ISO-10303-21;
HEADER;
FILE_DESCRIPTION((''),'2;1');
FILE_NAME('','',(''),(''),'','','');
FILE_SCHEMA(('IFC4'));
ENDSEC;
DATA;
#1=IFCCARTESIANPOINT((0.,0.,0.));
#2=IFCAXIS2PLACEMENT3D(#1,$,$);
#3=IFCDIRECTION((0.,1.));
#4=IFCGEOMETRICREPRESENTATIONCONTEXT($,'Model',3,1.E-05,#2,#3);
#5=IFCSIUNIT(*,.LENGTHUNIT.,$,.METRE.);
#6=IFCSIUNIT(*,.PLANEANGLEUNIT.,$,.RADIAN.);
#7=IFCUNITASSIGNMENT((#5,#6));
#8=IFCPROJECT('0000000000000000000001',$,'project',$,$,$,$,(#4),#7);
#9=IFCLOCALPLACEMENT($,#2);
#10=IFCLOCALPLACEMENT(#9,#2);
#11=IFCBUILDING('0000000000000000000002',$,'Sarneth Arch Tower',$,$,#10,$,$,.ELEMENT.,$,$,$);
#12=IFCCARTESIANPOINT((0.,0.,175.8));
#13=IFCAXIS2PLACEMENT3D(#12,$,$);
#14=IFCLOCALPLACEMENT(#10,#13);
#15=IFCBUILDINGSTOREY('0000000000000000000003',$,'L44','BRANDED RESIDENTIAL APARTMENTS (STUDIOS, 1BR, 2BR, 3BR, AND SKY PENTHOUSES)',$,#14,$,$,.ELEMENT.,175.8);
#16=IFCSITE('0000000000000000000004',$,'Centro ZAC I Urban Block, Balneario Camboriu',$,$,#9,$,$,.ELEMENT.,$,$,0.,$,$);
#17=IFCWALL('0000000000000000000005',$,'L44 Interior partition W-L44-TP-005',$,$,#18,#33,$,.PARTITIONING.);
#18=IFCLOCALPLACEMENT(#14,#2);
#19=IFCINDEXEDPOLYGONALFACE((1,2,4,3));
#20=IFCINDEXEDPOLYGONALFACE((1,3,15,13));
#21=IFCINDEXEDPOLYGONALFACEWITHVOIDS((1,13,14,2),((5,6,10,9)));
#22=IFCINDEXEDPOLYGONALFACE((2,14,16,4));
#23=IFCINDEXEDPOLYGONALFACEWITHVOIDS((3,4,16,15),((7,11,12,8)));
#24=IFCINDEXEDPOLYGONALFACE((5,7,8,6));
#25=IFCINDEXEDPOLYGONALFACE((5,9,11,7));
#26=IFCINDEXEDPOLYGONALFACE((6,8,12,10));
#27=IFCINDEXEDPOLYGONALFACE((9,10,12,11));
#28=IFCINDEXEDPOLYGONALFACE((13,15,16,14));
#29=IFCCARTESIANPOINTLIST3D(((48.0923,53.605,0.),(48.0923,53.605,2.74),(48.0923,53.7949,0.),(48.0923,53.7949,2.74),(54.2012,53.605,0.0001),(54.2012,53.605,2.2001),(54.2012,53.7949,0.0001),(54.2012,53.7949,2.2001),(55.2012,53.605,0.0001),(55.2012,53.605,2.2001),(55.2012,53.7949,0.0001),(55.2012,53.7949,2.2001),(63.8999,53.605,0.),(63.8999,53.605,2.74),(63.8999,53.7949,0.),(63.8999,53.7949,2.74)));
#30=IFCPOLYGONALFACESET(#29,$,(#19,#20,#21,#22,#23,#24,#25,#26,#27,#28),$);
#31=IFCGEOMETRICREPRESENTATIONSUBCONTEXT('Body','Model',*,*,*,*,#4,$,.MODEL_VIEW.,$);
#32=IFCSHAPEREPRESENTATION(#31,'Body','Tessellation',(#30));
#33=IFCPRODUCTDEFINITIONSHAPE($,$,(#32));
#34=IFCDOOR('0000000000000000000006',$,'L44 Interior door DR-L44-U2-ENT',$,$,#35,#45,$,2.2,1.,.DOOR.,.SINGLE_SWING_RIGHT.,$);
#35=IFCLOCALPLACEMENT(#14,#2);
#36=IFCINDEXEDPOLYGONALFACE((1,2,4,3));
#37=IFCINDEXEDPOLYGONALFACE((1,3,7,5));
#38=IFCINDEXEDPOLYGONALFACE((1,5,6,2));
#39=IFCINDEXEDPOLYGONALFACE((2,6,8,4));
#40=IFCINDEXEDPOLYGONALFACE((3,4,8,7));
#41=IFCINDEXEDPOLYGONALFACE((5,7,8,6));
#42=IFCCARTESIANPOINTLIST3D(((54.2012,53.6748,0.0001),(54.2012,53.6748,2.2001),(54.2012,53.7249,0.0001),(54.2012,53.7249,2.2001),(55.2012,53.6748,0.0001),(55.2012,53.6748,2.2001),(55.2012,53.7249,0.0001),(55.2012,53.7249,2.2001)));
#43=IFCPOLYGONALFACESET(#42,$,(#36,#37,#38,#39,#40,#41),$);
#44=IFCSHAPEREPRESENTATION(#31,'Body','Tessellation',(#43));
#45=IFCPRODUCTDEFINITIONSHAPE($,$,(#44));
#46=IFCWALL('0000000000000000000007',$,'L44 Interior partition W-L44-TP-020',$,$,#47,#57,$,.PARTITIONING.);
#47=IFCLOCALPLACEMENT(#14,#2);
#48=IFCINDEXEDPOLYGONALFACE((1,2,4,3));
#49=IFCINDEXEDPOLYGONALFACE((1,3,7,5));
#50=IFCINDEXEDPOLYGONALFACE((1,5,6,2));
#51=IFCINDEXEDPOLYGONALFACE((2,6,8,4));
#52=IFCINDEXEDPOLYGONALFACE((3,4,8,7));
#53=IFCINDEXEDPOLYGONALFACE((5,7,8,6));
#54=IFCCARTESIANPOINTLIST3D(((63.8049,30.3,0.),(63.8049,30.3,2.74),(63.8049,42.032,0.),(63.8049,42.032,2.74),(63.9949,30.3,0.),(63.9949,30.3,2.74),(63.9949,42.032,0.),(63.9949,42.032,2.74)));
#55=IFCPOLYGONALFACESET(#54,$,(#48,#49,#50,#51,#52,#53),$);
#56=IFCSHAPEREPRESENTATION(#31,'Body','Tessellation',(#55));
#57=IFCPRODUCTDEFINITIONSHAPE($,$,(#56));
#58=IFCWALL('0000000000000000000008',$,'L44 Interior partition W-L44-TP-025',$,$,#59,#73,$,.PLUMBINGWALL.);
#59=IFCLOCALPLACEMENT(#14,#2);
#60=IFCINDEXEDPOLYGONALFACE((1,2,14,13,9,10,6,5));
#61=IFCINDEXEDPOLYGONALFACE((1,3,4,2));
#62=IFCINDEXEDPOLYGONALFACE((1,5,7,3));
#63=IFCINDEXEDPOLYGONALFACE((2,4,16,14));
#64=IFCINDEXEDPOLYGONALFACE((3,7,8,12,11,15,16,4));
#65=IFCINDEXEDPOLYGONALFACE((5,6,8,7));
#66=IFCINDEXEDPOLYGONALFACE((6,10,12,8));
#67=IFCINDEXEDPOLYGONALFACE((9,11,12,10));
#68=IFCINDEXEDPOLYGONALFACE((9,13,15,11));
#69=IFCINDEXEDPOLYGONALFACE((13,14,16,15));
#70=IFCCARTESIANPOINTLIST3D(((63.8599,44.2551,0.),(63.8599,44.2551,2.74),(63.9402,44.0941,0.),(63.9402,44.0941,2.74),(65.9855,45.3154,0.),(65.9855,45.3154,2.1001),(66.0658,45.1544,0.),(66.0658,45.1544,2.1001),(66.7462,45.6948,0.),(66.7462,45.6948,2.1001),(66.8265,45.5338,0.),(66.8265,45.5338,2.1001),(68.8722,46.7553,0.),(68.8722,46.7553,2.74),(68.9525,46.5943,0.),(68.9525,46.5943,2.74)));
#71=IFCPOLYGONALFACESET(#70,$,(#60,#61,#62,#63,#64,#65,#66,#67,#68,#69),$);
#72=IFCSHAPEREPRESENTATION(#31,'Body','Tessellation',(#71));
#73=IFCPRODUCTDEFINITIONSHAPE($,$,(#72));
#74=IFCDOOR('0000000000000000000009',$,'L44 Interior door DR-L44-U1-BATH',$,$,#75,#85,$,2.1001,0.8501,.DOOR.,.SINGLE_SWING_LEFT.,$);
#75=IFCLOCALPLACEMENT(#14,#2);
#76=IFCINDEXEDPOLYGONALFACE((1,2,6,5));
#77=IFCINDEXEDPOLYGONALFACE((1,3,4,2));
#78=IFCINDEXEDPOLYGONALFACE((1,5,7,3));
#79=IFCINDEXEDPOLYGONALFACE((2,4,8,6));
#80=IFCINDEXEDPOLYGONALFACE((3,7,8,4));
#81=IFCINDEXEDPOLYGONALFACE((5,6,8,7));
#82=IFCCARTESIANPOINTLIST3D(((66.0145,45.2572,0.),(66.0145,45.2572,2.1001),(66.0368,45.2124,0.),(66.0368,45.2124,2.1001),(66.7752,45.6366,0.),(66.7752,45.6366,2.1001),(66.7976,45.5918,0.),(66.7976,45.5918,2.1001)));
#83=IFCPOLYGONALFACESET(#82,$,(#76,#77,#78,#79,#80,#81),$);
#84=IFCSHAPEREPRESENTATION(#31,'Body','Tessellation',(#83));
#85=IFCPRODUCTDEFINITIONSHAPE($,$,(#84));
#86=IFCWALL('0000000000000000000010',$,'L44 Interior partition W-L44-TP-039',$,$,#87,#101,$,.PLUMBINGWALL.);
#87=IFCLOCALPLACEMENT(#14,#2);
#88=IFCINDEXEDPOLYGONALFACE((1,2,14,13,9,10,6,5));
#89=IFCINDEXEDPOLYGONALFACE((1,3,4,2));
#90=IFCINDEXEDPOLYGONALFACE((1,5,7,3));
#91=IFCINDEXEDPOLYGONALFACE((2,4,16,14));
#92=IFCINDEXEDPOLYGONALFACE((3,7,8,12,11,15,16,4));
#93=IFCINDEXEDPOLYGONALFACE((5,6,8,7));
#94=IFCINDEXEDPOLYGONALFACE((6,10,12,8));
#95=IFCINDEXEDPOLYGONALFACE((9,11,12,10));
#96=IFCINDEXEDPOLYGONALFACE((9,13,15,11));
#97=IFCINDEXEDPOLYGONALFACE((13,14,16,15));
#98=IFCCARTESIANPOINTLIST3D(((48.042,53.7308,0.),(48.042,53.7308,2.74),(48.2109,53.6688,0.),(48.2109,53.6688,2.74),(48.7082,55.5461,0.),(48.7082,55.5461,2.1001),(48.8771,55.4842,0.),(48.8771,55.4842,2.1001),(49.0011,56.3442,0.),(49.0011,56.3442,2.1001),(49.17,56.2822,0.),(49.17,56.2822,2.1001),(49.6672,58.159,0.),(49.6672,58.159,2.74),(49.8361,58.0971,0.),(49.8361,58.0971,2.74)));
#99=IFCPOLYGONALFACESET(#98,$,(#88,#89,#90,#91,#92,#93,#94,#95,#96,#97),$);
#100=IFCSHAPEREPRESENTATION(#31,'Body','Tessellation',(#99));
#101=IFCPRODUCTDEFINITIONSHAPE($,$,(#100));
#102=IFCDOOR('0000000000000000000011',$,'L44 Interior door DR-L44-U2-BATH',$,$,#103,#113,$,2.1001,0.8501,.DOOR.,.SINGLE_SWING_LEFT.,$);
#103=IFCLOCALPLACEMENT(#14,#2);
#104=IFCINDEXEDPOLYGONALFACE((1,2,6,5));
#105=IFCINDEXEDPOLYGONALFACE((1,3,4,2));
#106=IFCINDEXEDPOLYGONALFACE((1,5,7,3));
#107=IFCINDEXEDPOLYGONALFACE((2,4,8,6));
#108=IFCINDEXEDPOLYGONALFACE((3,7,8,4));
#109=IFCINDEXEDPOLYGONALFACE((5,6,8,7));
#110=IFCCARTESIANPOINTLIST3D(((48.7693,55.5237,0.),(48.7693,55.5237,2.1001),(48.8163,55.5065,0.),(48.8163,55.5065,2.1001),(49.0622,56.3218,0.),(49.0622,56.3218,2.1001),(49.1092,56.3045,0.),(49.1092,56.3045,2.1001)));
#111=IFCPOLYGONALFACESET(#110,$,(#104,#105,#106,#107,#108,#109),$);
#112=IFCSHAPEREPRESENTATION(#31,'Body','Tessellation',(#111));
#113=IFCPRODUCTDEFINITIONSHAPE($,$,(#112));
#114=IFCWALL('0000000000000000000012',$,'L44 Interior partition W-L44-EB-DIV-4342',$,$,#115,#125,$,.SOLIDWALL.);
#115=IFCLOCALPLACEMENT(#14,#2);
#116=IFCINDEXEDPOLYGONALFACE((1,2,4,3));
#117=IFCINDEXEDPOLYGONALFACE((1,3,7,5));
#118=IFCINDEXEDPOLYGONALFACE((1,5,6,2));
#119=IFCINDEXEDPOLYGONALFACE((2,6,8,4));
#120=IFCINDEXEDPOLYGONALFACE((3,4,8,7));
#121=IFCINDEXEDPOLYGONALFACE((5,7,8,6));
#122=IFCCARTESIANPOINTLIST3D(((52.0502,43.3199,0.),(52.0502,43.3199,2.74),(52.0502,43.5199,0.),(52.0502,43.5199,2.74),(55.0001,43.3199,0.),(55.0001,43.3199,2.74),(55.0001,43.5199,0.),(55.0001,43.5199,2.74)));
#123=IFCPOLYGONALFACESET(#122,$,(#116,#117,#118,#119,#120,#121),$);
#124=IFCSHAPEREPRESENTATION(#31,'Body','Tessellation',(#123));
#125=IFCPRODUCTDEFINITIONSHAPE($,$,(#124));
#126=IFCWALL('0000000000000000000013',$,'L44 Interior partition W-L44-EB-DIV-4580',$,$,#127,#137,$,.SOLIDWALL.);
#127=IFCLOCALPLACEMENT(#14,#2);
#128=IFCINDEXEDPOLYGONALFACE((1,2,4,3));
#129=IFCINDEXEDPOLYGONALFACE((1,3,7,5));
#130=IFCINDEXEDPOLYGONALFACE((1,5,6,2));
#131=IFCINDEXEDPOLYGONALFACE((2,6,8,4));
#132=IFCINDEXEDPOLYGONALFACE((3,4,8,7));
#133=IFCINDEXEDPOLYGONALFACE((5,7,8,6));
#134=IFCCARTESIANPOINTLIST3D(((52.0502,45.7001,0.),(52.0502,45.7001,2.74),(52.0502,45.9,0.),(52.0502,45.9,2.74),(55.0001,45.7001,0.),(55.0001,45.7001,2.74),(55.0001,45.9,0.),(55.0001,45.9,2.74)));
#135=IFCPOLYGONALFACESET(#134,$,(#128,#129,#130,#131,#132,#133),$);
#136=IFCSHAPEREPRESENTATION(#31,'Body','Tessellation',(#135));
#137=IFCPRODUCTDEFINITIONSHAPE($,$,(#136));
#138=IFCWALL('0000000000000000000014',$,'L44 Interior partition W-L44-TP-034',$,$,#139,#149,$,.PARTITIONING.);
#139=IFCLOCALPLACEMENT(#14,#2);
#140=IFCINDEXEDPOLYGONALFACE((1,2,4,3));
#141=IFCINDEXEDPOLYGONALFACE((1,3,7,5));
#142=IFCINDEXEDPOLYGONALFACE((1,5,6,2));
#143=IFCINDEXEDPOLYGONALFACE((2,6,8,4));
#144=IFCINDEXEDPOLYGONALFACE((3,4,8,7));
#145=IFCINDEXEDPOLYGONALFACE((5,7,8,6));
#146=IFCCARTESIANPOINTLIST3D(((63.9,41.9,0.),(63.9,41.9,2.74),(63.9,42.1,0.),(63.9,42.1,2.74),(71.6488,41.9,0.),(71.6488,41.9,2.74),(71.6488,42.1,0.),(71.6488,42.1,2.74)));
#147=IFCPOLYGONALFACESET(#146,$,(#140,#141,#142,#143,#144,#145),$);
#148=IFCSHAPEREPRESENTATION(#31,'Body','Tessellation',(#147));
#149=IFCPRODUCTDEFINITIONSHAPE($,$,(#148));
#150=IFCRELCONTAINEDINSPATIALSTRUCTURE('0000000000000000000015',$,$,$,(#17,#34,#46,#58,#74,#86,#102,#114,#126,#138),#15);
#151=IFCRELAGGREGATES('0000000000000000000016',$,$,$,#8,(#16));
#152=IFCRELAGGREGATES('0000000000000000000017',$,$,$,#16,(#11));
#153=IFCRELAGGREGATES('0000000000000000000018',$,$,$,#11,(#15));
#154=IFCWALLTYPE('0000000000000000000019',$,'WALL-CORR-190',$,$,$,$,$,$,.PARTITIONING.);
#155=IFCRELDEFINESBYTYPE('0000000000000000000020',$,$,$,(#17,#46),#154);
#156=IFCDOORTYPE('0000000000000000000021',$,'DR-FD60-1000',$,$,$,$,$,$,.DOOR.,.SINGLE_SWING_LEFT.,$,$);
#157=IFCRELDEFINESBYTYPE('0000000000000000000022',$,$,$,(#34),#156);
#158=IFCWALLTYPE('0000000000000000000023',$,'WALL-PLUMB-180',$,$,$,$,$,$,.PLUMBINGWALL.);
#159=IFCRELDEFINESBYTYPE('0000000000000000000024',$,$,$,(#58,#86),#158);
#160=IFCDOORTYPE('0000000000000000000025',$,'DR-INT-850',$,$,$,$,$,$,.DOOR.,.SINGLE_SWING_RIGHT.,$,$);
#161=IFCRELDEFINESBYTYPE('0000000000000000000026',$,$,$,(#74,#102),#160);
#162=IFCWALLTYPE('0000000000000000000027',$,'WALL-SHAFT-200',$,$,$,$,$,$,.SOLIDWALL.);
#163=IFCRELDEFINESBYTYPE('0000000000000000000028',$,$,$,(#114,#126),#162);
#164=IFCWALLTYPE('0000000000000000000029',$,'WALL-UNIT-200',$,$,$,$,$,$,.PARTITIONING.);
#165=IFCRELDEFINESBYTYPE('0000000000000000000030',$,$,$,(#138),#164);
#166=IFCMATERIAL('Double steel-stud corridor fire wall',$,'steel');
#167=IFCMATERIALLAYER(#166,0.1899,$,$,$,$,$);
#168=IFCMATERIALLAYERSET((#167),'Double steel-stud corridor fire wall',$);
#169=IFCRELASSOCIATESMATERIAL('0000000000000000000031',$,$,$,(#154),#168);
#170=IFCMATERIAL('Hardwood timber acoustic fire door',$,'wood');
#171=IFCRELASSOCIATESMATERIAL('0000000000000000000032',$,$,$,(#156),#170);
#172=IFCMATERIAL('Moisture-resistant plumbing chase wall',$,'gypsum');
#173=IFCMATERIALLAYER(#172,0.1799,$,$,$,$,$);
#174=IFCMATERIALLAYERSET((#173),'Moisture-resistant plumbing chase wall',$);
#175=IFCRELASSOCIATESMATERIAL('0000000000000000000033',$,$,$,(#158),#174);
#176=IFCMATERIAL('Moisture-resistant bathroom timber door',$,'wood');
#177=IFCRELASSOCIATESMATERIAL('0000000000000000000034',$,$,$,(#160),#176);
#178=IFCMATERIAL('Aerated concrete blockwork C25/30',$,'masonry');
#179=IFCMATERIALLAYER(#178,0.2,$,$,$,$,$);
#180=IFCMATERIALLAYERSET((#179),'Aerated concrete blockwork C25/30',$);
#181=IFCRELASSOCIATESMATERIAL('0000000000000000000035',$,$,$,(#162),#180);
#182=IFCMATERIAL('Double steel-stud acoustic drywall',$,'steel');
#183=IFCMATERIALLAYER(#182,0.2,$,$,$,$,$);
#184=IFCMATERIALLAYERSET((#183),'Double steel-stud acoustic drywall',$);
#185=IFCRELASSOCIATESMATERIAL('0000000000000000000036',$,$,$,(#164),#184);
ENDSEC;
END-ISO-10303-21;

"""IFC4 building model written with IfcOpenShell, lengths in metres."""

from ifc_helpers import new_model, si_unit, direction, frame, frame_2d, origin, place, context, subcontext, project, spatial, rectangle, extrude, material, layer, layer_set, type_object, element, fill, save


model = new_model("IFC4")

# Units and contexts
model_context = context("Model", 3, precision=1e-05, world=origin(), true_north=direction((0.0, 1.0)))
body_context = subcontext(model_context, "Body", "Model", "MODEL_VIEW")
ifc_project = project(units=[si_unit("LENGTHUNIT", "METRE"), si_unit("PLANEANGLEUNIT", "RADIAN")], contexts=[model_context])

# Site, building, storey
site_placement = place(None, origin())
site = spatial("IfcSite", under=ifc_project, at=site_placement, Name="Centro ZAC I Urban Block, Balneario Camboriu", CompositionType="ELEMENT", RefElevation=0.0)
building_placement = place(site_placement, origin())
building = spatial("IfcBuilding", under=site, at=building_placement, Name="Sarneth Arch Tower", CompositionType="ELEMENT")
storey_placement = place(building_placement, frame((0.0, 0.0, 175.8)))
storey = spatial("IfcBuildingStorey", under=building, at=storey_placement, Name="L44", Description="BRANDED RESIDENTIAL APARTMENTS (STUDIOS, 1BR, 2BR, 3BR, AND SKY PENTHOUSES)", CompositionType="ELEMENT", Elevation=175.8)

# Wall, opening, door
ifc_material_1 = material(Name="Double steel-stud corridor fire wall", Category="steel")
ifc_layer_1 = layer(ifc_material_1, 0.1899)
ifc_layer_set_1 = layer_set([ifc_layer_1], Name="Double steel-stud corridor fire wall")
wall_type_1 = type_object("IfcWallType", Name="WALL-CORR-190", PredefinedType="PARTITIONING", material=ifc_layer_set_1)
ifc_material_2 = material(Name="Hardwood timber acoustic fire door", Category="wood")
door_type_1 = type_object("IfcDoorType", Name="DR-FD60-1000", OperationType="SINGLE_SWING_LEFT", PredefinedType="DOOR", material=ifc_material_2)
wall_1_placement = place(storey_placement, frame((48.0923, 53.7, 0.0), z_axis=(0.0, 0.0, 1.0), x_axis=(1.0, 0.0, 0.0)))
wall_1 = element("IfcWall", 1, at=wall_1_placement, inside=storey, type_object=wall_type_1, Name="L44 Interior partition W-L44-TP-005", PredefinedType="PARTITIONING", context=body_context, shape_type="SweptSolid", body=[
    extrude(rectangle(XDim=15.8076, YDim=0.1899, at=frame_2d((7.9038, 0.0))), origin(), (0.0, 0.0, 1.0), 2.74),
])
opening_1_placement = place(wall_1_placement, frame((6.1089, 0.0, 0.0)))
opening_1 = element("IfcOpeningElement", 2, at=opening_1_placement, cuts=wall_1, PredefinedType="OPENING", context=body_context, shape_type="SweptSolid", body=[
    extrude(rectangle(XDim=1.0, YDim=2.2, at=frame_2d((0.5, 1.1001))), frame((0.0, 0.105, 0.0), z_axis=(0.0, -1.0, 0.0), x_axis=(1.0, 0.0, 0.0)), (0.0, 0.0, 1.0), 0.21),
])
door_1_placement = place(opening_1_placement, origin())
door_1 = element("IfcDoor", 3, at=door_1_placement, inside=storey, type_object=door_type_1, Name="L44 Interior door DR-L44-U2-ENT", OperationType="SINGLE_SWING_RIGHT", OverallHeight=2.2, OverallWidth=1.0, PredefinedType="DOOR", context=body_context, shape_type="SweptSolid", body=[
    extrude(rectangle(XDim=1.0, YDim=2.2, at=frame_2d((0.5, 1.1001))), frame((0.0, 0.0249, 0.0), z_axis=(0.0, -1.0, 0.0), x_axis=(1.0, 0.0, 0.0)), (0.0, 0.0, 1.0), 0.05),
])
fill(opening_1, door_1)

# Wall
wall_2_placement = place(storey_placement, frame((63.8999, 42.032, 0.0), z_axis=(0.0, 0.0, 1.0), x_axis=(0.0, -1.0, 0.0)))
element("IfcWall", 4, at=wall_2_placement, inside=storey, type_object=wall_type_1, Name="L44 Interior partition W-L44-TP-020", PredefinedType="PARTITIONING", context=body_context, shape_type="SweptSolid", body=[
    extrude(rectangle(XDim=11.7319, YDim=0.1899, at=frame_2d((5.866, 0.0))), origin(), (0.0, 0.0, 1.0), 2.74),
])

# Walls, openings, doors
ifc_material_3 = material(Name="Moisture-resistant plumbing chase wall", Category="gypsum")
ifc_layer_2 = layer(ifc_material_3, 0.1799)
ifc_layer_set_2 = layer_set([ifc_layer_2], Name="Moisture-resistant plumbing chase wall")
wall_type_2 = type_object("IfcWallType", Name="WALL-PLUMB-180", PredefinedType="PLUMBINGWALL", material=ifc_layer_set_2)
wall_3_placement = place(storey_placement, frame((63.8999, 44.1746, 0.0), z_axis=(0.0, 0.0, 1.0), x_axis=(0.894854, 0.446359, 0.0)))
wall_3 = element("IfcWall", 5, at=wall_3_placement, inside=storey, type_object=wall_type_2, Name="L44 Interior partition W-L44-TP-025", PredefinedType="PLUMBINGWALL", context=body_context, shape_type="SweptSolid", body=[
    extrude(rectangle(XDim=5.6013, YDim=0.1799, at=frame_2d((2.8008, 0.0))), origin(), (0.0, 0.0, 1.0), 2.74),
])
opening_2_placement = place(wall_3_placement, frame((2.3755, 0.0, 0.0)))
opening_2 = element("IfcOpeningElement", 6, at=opening_2_placement, cuts=wall_3, PredefinedType="OPENING", context=body_context, shape_type="SweptSolid", body=[
    extrude(rectangle(XDim=0.8501, YDim=2.1001, at=frame_2d((0.425, 1.05))), frame((0.0, 0.0999, 0.0), z_axis=(0.0, -1.0, 0.0), x_axis=(1.0, 0.0, 0.0)), (0.0, 0.0, 1.0), 0.2),
])
ifc_material_4 = material(Name="Moisture-resistant bathroom timber door", Category="wood")
door_type_2 = type_object("IfcDoorType", Name="DR-INT-850", OperationType="SINGLE_SWING_RIGHT", PredefinedType="DOOR", material=ifc_material_4)
door_2_placement = place(opening_2_placement, origin())
door_2 = element("IfcDoor", 7, at=door_2_placement, inside=storey, type_object=door_type_2, Name="L44 Interior door DR-L44-U1-BATH", OperationType="SINGLE_SWING_LEFT", OverallHeight=2.1001, OverallWidth=0.8501, PredefinedType="DOOR", context=body_context, shape_type="SweptSolid", body=[
    extrude(rectangle(XDim=0.8501, YDim=2.1001, at=frame_2d((0.425, 1.05))), frame((0.0, 0.0249, 0.0), z_axis=(0.0, -1.0, 0.0), x_axis=(1.0, 0.0, 0.0)), (0.0, 0.0, 1.0), 0.05),
])
fill(opening_2, door_2)
wall_4_placement = place(storey_placement, frame((48.1265, 53.7, 0.0), z_axis=(0.0, 0.0, 1.0), x_axis=(0.344547, 0.938769, 0.0)))
wall_4 = element("IfcWall", 8, at=wall_4_placement, inside=storey, type_object=wall_type_2, Name="L44 Interior partition W-L44-TP-039", PredefinedType="PLUMBINGWALL", context=body_context, shape_type="SweptSolid", body=[
    extrude(rectangle(XDim=4.717, YDim=0.1799, at=frame_2d((2.3584, 0.0))), origin(), (0.0, 0.0, 1.0), 2.74),
])
opening_3_placement = place(wall_4_placement, frame((1.9336, 0.0, 0.0)))
opening_3 = element("IfcOpeningElement", 9, at=opening_3_placement, cuts=wall_4, PredefinedType="OPENING", context=body_context, shape_type="SweptSolid", body=[
    extrude(rectangle(XDim=0.8501, YDim=2.1001, at=frame_2d((0.425, 1.05))), frame((0.0, 0.0999, 0.0), z_axis=(0.0, -1.0, 0.0), x_axis=(1.0, 0.0, 0.0)), (0.0, 0.0, 1.0), 0.2),
])
door_3_placement = place(opening_3_placement, origin())
door_3 = element("IfcDoor", 10, at=door_3_placement, inside=storey, type_object=door_type_2, Name="L44 Interior door DR-L44-U2-BATH", OperationType="SINGLE_SWING_LEFT", OverallHeight=2.1001, OverallWidth=0.8501, PredefinedType="DOOR", context=body_context, shape_type="SweptSolid", body=[
    extrude(rectangle(XDim=0.8501, YDim=2.1001, at=frame_2d((0.425, 1.05))), frame((0.0, 0.0249, 0.0), z_axis=(0.0, -1.0, 0.0), x_axis=(1.0, 0.0, 0.0)), (0.0, 0.0, 1.0), 0.05),
])
fill(opening_3, door_3)

# Walls
ifc_material_5 = material(Name="Aerated concrete blockwork C25/30", Category="masonry")
ifc_layer_3 = layer(ifc_material_5, 0.2)
ifc_layer_set_3 = layer_set([ifc_layer_3], Name="Aerated concrete blockwork C25/30")
wall_type_3 = type_object("IfcWallType", Name="WALL-SHAFT-200", PredefinedType="SOLIDWALL", material=ifc_layer_set_3)
for number, where, z_axis, x_axis, name in (
    (11, (52.05, 43.4199, 0.0), (0.0, 0.0, 1.0), (1.0, 0.0, 0.0), "L44 Interior partition W-L44-EB-DIV-4342"),
    (12, (52.05, 45.8, 0.0), (0.0, 0.0, 1.0), (1.0, 0.0, 0.0), "L44 Interior partition W-L44-EB-DIV-4580"),
):
    element("IfcWall", number, at=place(storey_placement, frame(where, z_axis=z_axis, x_axis=x_axis)), inside=storey, type_object=wall_type_3, Name=name, PredefinedType="SOLIDWALL", context=body_context, shape_type="SweptSolid", body=[
        extrude(rectangle(XDim=2.95, YDim=0.2, at=frame_2d((1.4751, 0.0))), origin(), (0.0, 0.0, 1.0), 2.74),
    ])
ifc_material_6 = material(Name="Double steel-stud acoustic drywall", Category="steel")
ifc_layer_4 = layer(ifc_material_6, 0.2)
ifc_layer_set_4 = layer_set([ifc_layer_4], Name="Double steel-stud acoustic drywall")
wall_type_4 = type_object("IfcWallType", Name="WALL-UNIT-200", PredefinedType="PARTITIONING", material=ifc_layer_set_4)
wall_5_placement = place(storey_placement, frame((63.8999, 42.0, 0.0), z_axis=(0.0, 0.0, 1.0), x_axis=(1.0, 0.0, 0.0)))
element("IfcWall", 13, at=wall_5_placement, inside=storey, type_object=wall_type_4, Name="L44 Interior partition W-L44-TP-034", PredefinedType="PARTITIONING", context=body_context, shape_type="SweptSolid", body=[
    extrude(rectangle(XDim=7.7488, YDim=0.2, at=frame_2d((3.8745, 0.0))), origin(), (0.0, 0.0, 1.0), 2.74),
])

save(model, "model.ifc")
